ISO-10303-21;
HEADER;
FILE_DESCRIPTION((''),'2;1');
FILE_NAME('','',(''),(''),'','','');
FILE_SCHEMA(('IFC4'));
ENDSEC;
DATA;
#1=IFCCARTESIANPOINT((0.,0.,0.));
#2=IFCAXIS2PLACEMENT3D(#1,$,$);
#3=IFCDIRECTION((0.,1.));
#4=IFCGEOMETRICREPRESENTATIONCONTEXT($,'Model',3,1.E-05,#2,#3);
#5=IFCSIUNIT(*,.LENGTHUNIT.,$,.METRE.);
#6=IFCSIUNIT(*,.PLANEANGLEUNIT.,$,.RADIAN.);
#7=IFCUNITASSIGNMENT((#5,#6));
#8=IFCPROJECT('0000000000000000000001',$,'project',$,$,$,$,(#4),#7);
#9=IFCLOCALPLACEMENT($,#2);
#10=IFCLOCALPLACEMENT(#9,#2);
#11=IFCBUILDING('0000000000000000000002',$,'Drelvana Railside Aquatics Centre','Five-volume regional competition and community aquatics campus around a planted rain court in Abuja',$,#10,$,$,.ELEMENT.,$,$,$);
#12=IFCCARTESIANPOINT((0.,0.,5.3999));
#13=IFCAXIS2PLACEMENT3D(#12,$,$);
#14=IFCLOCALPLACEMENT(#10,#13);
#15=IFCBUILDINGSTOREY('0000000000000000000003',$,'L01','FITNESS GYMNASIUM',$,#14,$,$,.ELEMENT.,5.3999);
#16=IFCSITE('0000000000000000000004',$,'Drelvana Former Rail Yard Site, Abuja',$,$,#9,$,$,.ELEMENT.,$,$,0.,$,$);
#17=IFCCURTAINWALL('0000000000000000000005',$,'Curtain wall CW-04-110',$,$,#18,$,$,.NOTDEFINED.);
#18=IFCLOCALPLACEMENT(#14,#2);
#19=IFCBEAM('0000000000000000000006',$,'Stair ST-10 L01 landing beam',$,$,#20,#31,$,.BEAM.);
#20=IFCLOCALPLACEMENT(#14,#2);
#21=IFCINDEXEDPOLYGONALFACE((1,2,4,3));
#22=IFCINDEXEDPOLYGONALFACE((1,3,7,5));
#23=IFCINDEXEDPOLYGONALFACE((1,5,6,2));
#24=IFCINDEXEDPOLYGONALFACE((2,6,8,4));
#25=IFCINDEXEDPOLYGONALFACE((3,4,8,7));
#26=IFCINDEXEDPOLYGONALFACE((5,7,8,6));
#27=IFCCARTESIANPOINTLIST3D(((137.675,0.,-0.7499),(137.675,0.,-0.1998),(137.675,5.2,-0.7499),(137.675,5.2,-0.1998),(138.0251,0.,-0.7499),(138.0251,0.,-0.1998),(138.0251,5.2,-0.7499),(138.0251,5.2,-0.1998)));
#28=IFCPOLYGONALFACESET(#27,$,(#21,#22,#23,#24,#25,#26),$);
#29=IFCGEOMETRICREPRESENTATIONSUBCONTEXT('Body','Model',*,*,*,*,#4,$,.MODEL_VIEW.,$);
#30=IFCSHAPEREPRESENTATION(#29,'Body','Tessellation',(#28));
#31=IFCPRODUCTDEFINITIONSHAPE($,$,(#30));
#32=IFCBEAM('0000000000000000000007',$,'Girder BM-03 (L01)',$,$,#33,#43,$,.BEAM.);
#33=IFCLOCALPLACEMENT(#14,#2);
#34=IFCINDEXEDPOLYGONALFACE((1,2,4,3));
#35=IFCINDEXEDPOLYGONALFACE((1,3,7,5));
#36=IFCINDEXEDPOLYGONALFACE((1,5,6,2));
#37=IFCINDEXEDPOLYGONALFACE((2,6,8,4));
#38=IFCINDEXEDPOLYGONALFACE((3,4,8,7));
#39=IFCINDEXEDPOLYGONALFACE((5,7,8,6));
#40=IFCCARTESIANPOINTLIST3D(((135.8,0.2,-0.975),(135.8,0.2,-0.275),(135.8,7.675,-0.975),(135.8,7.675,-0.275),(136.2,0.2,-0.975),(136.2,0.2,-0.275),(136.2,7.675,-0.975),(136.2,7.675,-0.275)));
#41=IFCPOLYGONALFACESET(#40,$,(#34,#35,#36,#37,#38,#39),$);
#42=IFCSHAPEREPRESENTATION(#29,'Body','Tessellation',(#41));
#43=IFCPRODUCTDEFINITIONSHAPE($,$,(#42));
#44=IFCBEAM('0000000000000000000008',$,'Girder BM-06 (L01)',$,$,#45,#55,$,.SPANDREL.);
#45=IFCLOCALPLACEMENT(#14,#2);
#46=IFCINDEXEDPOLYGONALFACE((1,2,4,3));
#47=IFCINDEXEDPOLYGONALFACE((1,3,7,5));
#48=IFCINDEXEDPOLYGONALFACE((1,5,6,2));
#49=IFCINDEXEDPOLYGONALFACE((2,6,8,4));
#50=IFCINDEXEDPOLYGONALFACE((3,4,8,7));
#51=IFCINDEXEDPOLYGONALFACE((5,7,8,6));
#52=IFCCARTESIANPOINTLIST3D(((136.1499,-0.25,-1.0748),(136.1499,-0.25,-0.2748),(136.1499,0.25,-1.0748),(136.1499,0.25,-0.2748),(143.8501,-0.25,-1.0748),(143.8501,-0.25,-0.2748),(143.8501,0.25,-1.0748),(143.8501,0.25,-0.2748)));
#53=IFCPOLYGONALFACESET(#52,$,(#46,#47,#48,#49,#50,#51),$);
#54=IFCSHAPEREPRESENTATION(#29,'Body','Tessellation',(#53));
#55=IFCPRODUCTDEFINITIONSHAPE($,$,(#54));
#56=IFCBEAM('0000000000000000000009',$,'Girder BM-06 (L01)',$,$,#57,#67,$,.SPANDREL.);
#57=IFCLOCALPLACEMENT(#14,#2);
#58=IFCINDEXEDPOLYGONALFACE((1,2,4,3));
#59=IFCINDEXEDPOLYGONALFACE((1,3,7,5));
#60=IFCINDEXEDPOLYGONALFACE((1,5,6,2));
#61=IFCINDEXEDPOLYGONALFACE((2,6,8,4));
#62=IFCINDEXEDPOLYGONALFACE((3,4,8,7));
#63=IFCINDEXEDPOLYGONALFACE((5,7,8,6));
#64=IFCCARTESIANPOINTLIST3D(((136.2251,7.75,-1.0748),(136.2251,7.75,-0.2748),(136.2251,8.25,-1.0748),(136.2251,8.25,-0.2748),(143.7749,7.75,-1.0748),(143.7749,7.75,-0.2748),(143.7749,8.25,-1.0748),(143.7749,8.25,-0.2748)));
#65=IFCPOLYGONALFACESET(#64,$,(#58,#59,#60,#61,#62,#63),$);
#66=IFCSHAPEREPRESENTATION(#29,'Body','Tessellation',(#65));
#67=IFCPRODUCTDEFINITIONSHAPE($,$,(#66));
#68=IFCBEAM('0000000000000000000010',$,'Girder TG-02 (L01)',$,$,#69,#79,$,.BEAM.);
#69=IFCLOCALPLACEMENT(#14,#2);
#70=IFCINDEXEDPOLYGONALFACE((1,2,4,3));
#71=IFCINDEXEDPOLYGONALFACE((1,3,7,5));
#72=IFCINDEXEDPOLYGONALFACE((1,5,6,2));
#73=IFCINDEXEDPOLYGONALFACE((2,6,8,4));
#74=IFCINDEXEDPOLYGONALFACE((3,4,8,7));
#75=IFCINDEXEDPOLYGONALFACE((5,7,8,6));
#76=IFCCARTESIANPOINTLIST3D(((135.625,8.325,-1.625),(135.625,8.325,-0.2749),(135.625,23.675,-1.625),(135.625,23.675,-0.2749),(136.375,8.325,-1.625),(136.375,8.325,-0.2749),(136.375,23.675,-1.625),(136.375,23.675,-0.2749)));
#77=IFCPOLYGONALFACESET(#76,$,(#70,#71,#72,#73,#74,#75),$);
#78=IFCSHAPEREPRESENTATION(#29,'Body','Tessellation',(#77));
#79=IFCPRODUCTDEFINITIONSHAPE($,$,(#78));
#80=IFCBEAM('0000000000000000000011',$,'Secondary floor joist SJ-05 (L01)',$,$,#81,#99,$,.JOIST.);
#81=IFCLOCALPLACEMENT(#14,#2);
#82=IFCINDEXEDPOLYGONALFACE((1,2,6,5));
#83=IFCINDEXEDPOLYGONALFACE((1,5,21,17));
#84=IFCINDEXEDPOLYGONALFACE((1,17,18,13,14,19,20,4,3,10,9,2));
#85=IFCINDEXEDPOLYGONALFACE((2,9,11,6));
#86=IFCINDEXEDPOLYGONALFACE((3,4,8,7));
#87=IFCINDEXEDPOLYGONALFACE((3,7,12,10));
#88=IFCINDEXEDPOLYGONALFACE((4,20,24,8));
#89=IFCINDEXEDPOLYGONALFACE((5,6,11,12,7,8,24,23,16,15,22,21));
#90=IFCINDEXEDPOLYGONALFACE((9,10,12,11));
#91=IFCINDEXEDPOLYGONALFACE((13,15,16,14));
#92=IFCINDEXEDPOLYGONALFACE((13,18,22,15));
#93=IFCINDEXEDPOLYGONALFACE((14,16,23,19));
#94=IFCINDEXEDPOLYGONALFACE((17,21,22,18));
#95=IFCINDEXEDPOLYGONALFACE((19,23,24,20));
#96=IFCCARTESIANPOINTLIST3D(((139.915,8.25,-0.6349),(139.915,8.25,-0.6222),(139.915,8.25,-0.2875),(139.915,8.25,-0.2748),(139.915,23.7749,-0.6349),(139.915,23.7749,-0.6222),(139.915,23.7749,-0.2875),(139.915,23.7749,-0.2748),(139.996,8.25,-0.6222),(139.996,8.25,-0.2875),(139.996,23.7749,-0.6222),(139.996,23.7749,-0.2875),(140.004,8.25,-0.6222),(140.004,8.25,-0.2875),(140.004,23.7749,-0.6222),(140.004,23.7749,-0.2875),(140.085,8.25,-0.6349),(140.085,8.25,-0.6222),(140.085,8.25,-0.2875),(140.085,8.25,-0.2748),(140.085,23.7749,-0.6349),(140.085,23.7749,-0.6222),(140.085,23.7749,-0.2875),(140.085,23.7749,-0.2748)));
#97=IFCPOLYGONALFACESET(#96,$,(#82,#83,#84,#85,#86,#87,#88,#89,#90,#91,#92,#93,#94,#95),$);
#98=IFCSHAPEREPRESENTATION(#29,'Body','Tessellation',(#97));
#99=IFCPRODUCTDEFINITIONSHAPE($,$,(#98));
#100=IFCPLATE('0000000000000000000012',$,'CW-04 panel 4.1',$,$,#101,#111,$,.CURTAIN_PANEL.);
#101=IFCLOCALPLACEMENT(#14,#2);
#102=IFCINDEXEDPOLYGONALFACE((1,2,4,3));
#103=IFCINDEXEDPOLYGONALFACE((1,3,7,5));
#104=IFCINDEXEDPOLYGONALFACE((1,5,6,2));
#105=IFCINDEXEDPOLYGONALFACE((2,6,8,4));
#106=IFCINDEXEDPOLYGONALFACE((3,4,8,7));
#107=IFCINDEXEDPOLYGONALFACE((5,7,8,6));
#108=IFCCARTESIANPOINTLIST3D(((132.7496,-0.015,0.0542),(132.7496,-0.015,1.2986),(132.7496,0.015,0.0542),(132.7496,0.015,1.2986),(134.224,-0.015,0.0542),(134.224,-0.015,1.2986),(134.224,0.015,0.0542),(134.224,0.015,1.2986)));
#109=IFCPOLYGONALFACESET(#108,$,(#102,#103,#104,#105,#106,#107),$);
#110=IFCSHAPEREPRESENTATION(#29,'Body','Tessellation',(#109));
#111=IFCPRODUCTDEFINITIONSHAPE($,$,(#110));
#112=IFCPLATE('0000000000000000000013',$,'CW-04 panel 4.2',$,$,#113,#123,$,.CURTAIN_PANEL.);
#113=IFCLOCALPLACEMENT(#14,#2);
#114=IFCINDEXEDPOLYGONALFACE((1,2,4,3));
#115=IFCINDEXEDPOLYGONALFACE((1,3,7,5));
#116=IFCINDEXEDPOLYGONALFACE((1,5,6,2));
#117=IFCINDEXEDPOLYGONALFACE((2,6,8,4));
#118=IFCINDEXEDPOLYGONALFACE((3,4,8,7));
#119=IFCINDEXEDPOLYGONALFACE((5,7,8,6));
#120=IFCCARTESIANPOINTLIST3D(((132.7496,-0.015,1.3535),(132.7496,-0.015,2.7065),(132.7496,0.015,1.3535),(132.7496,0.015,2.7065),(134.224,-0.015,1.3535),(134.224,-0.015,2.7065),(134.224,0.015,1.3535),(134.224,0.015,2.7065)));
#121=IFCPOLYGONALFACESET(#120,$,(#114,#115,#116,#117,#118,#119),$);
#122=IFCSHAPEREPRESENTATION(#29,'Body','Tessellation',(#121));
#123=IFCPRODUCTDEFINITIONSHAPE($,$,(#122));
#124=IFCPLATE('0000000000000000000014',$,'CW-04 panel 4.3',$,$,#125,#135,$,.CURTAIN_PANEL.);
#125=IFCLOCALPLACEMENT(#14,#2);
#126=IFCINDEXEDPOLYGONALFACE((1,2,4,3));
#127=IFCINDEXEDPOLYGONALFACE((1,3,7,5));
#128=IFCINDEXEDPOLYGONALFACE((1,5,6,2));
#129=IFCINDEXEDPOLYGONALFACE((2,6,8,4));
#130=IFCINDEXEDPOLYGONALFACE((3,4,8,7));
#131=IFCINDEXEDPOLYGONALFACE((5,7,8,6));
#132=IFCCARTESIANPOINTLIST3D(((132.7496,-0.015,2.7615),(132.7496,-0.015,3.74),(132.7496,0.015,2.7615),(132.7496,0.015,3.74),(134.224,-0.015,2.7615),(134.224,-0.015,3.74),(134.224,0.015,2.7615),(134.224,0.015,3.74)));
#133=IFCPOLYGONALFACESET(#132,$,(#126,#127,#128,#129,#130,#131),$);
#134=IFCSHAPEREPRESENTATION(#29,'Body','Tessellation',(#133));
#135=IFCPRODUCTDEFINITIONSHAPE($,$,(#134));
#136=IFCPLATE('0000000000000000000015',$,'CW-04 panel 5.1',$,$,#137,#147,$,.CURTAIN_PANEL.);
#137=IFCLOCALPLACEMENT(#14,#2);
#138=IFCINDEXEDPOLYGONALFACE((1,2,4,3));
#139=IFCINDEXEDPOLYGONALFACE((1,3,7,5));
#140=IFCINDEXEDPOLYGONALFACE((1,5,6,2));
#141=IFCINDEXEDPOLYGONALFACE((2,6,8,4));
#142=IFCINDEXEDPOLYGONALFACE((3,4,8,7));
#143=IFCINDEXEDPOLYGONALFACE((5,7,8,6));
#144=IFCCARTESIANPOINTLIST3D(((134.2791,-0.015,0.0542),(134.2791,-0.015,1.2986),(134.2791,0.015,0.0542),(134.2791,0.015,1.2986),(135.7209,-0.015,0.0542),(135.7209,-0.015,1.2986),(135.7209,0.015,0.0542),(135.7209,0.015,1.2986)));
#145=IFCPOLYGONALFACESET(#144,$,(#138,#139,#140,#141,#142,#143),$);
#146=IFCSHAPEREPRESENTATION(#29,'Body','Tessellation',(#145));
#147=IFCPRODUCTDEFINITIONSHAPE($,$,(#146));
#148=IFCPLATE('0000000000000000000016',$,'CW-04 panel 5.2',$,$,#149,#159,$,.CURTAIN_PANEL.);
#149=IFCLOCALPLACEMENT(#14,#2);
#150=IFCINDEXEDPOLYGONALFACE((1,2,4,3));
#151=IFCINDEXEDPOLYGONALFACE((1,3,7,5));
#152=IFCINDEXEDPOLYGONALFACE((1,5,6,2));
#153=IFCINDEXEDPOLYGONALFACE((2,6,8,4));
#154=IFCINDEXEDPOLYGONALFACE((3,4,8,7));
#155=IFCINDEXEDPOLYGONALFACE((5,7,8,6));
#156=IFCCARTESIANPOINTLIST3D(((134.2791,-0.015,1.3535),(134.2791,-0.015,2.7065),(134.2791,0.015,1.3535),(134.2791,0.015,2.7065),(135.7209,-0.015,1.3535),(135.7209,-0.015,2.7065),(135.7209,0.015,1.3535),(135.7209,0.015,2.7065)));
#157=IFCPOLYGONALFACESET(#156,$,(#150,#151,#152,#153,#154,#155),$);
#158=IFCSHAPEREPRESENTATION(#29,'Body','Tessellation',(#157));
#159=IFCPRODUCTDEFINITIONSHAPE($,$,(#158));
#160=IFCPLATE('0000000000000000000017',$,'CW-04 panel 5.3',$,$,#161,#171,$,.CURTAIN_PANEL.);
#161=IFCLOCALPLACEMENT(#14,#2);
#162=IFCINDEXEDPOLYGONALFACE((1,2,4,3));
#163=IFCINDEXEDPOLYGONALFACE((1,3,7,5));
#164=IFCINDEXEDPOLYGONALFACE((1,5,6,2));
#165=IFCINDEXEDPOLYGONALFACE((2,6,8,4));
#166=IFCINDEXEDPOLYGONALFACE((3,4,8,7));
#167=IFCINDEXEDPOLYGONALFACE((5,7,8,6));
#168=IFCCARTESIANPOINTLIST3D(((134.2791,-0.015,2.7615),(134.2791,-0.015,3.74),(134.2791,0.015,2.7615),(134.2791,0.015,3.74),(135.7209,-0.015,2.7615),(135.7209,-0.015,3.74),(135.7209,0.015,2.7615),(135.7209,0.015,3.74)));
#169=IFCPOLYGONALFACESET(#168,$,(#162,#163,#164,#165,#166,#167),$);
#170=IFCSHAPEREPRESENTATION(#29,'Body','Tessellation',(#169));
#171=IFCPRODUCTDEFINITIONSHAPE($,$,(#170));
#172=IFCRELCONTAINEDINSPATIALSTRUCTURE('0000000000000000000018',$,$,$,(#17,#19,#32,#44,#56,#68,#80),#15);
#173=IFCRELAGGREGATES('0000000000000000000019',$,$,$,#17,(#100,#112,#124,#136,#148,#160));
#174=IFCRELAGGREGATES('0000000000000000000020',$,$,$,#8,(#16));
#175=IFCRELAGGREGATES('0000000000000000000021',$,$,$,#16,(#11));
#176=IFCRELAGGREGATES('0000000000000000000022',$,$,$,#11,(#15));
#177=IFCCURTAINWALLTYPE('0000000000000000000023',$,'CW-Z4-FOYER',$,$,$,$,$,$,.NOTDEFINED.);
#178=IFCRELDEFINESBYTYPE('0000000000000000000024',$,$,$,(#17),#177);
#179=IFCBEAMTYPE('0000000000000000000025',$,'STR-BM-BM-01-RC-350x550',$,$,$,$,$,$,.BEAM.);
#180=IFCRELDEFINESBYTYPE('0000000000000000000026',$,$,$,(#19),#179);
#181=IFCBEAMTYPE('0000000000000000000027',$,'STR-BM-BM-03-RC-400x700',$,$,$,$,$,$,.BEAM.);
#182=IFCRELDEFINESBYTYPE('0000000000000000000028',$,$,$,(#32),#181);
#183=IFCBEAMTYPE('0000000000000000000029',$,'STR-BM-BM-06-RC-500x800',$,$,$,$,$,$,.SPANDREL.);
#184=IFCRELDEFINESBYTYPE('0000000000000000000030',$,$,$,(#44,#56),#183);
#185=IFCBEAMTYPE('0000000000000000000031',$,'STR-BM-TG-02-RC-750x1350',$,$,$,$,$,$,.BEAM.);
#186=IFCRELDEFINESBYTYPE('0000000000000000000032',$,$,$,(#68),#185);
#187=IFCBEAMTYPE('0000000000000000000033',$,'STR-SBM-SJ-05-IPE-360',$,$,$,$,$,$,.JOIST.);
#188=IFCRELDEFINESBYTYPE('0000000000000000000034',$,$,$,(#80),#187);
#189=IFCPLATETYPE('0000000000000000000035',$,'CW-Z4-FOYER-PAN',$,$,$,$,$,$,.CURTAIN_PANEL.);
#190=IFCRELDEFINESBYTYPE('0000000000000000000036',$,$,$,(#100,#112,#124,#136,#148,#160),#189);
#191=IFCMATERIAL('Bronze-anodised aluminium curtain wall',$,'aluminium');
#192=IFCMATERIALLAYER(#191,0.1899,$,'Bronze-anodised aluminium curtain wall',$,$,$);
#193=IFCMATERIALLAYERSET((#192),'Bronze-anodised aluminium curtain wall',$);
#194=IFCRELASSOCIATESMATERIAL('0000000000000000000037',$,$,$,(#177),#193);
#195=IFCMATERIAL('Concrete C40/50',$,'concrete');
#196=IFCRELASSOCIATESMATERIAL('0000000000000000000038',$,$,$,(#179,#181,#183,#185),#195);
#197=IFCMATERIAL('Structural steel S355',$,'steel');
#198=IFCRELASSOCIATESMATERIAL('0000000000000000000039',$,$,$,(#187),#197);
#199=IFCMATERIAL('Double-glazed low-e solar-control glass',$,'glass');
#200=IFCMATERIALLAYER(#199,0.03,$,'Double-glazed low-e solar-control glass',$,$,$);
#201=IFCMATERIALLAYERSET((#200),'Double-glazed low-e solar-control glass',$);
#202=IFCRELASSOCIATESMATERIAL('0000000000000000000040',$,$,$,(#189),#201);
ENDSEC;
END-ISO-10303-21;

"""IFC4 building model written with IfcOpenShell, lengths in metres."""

from ifc_helpers import new_model, si_unit, direction, frame, origin, origin_2d, place, context, subcontext, project, spatial, rectangle, i_section, extrude, material, layer, layer_set, material_profile, profile_set, type_object, element, aggregate, save


model = new_model("IFC4")

# Units and contexts
model_context = context("Model", 3, precision=1e-05, world=origin(), true_north=direction((0.0, 1.0)))
body_context = subcontext(model_context, "Body", "Model", "MODEL_VIEW")
ifc_project = project(units=[si_unit("LENGTHUNIT", "METRE"), si_unit("PLANEANGLEUNIT", "RADIAN")], contexts=[model_context])

# Site, building, storey
site_placement = place(None, origin())
site = spatial("IfcSite", under=ifc_project, at=site_placement, Name="Drelvana Former Rail Yard Site, Abuja", CompositionType="ELEMENT", RefElevation=0.0)
building_placement = place(site_placement, origin())
building = spatial("IfcBuilding", under=site, at=building_placement, Name="Drelvana Railside Aquatics Centre", Description="Five-volume regional competition and community aquatics campus around a planted rain court in Abuja", CompositionType="ELEMENT")
storey_placement = place(building_placement, frame((0.0, 0.0, 5.3999)))
storey = spatial("IfcBuildingStorey", under=building, at=storey_placement, Name="L01", Description="FITNESS GYMNASIUM", CompositionType="ELEMENT", Elevation=5.3999)

# Shared definitions
ifc_material_1 = material(Name="Concrete C40/50", Category="concrete")
ifc_material_2 = material(Name="Structural steel S355", Category="steel")

# Curtain wall
ifc_material_3 = material(Name="Bronze-anodised aluminium curtain wall", Category="aluminium")
ifc_layer_1 = layer(ifc_material_3, 0.1899, Name="Bronze-anodised aluminium curtain wall")
ifc_layer_set_1 = layer_set([ifc_layer_1], Name="Bronze-anodised aluminium curtain wall")
curtain_wall_type = type_object("IfcCurtainWallType", Name="CW-Z4-FOYER", PredefinedType="NOTDEFINED", material=ifc_layer_set_1)
curtain_wall_placement = place(storey_placement, origin())
curtain_wall = element("IfcCurtainWall", 1, at=curtain_wall_placement, inside=storey, type_object=curtain_wall_type, Name="Curtain wall CW-04-110", PredefinedType="NOTDEFINED")

# Beams
ifc_material_profile_1 = material_profile(ifc_material_1, rectangle(XDim=0.3501, YDim=0.55, at=origin_2d()), Name="RC 350x550")
ifc_profile_set_1 = profile_set([ifc_material_profile_1], Name="Concrete C40/50")
beam_type_1 = type_object("IfcBeamType", Name="STR-BM-BM-01-RC-350x550", PredefinedType="BEAM", material=ifc_profile_set_1)
beam_1_placement = place(storey_placement, frame((137.8501, 0.0, -0.4749), z_axis=(0.0, 1.0, 0.0), x_axis=(-1.0, 0.0, 0.0)))
element("IfcBeam", 2, at=beam_1_placement, inside=storey, type_object=beam_type_1, Name="Stair ST-10 L01 landing beam", PredefinedType="BEAM", context=body_context, shape_type="SweptSolid", body=[
    extrude(rectangle(XDim=0.3501, YDim=0.55, at=origin_2d()), origin(), (0.0, 0.0, 1.0), 5.2),
])
ifc_material_profile_2 = material_profile(ifc_material_1, rectangle(XDim=0.3999, YDim=0.7, at=origin_2d()), Name="RC 400x700")
ifc_profile_set_2 = profile_set([ifc_material_profile_2], Name="Concrete C40/50")
beam_type_2 = type_object("IfcBeamType", Name="STR-BM-BM-03-RC-400x700", PredefinedType="BEAM", material=ifc_profile_set_2)
beam_2_placement = place(storey_placement, frame((136.0, 0.2, -0.625), z_axis=(0.0, 1.0, 0.0), x_axis=(-1.0, 0.0, 0.0)))
element("IfcBeam", 3, at=beam_2_placement, inside=storey, type_object=beam_type_2, Name="Girder BM-03 (L01)", PredefinedType="BEAM", context=body_context, shape_type="SweptSolid", body=[
    extrude(rectangle(XDim=0.3999, YDim=0.7, at=origin_2d()), origin(), (0.0, 0.0, 1.0), 7.4751),
])
ifc_material_profile_3 = material_profile(ifc_material_1, rectangle(XDim=0.5, YDim=0.8, at=origin_2d()), Name="RC 500x800")
ifc_profile_set_3 = profile_set([ifc_material_profile_3], Name="Concrete C40/50")
beam_type_3 = type_object("IfcBeamType", Name="STR-BM-BM-06-RC-500x800", PredefinedType="SPANDREL", material=ifc_profile_set_3)
beam_3_placement = place(storey_placement, frame((136.1499, 0.0, -0.6748), z_axis=(1.0, 0.0, 0.0), x_axis=(0.0, 1.0, 0.0)))
element("IfcBeam", 4, at=beam_3_placement, inside=storey, type_object=beam_type_3, Name="Girder BM-06 (L01)", PredefinedType="SPANDREL", context=body_context, shape_type="SweptSolid", body=[
    extrude(rectangle(XDim=0.5, YDim=0.8, at=origin_2d()), origin(), (0.0, 0.0, 1.0), 7.7002),
])
beam_4_placement = place(storey_placement, frame((136.2251, 8.0, -0.6748), z_axis=(1.0, 0.0, 0.0), x_axis=(0.0, 1.0, 0.0)))
element("IfcBeam", 5, at=beam_4_placement, inside=storey, type_object=beam_type_3, Name="Girder BM-06 (L01)", PredefinedType="SPANDREL", context=body_context, shape_type="SweptSolid", body=[
    extrude(rectangle(XDim=0.5, YDim=0.8, at=origin_2d()), origin(), (0.0, 0.0, 1.0), 7.5498),
])
ifc_material_profile_4 = material_profile(ifc_material_1, rectangle(XDim=0.75, YDim=1.3501, at=origin_2d()), Name="RC 750x1350")
ifc_profile_set_4 = profile_set([ifc_material_profile_4], Name="Concrete C40/50")
beam_type_4 = type_object("IfcBeamType", Name="STR-BM-TG-02-RC-750x1350", PredefinedType="BEAM", material=ifc_profile_set_4)
beam_5_placement = place(storey_placement, frame((136.0, 8.325, -0.95), z_axis=(0.0, 1.0, 0.0), x_axis=(-1.0, 0.0, 0.0)))
element("IfcBeam", 6, at=beam_5_placement, inside=storey, type_object=beam_type_4, Name="Girder TG-02 (L01)", PredefinedType="BEAM", context=body_context, shape_type="SweptSolid", body=[
    extrude(rectangle(XDim=0.75, YDim=1.3501, at=origin_2d()), origin(), (0.0, 0.0, 1.0), 15.3501),
])
ifc_material_profile_5 = material_profile(ifc_material_2, i_section(OverallWidth=0.1699, OverallDepth=0.3601, WebThickness=0.0081, FlangeThickness=0.0127, at=origin_2d()), Name="IPE 360")
ifc_profile_set_5 = profile_set([ifc_material_profile_5], Name="Structural steel S355")
beam_type_5 = type_object("IfcBeamType", Name="STR-SBM-SJ-05-IPE-360", PredefinedType="JOIST", material=ifc_profile_set_5)
beam_6_placement = place(storey_placement, frame((140.0, 8.25, -0.4548), z_axis=(0.0, 1.0, 0.0), x_axis=(-1.0, 0.0, 0.0)))
element("IfcBeam", 7, at=beam_6_placement, inside=storey, type_object=beam_type_5, Name="Secondary floor joist SJ-05 (L01)", PredefinedType="JOIST", context=body_context, shape_type="SweptSolid", body=[
    extrude(i_section(OverallWidth=0.1699, OverallDepth=0.3601, WebThickness=0.0081, FlangeThickness=0.0127, at=origin_2d()), origin(), (0.0, 0.0, 1.0), 15.5249),
])

# Plates
ifc_material_4 = material(Name="Double-glazed low-e solar-control glass", Category="glass")
ifc_layer_2 = layer(ifc_material_4, 0.03, Name="Double-glazed low-e solar-control glass")
ifc_layer_set_2 = layer_set([ifc_layer_2], Name="Double-glazed low-e solar-control glass")
plate_type = type_object("IfcPlateType", Name="CW-Z4-FOYER-PAN", PredefinedType="CURTAIN_PANEL", material=ifc_layer_set_2)
plate_1_placement = place(storey_placement, frame((133.4868, 0.0, 0.0542), z_axis=(0.0, 0.0, 1.0), x_axis=(1.0, 0.0, 0.0)))
plate_1 = element("IfcPlate", 8, at=plate_1_placement, type_object=plate_type, Name="CW-04 panel 4.1", PredefinedType="CURTAIN_PANEL", context=body_context, shape_type="SweptSolid", body=[
    extrude(rectangle(XDim=1.4744, YDim=0.03, at=origin_2d()), origin(), (0.0, 0.0, 1.0), 1.2444),
])
plate_2_placement = place(storey_placement, frame((133.4868, 0.0, 1.3535), z_axis=(0.0, 0.0, 1.0), x_axis=(1.0, 0.0, 0.0)))
plate_2 = element("IfcPlate", 9, at=plate_2_placement, type_object=plate_type, Name="CW-04 panel 4.2", PredefinedType="CURTAIN_PANEL", context=body_context, shape_type="SweptSolid", body=[
    extrude(rectangle(XDim=1.4744, YDim=0.03, at=origin_2d()), origin(), (0.0, 0.0, 1.0), 1.353),
])
plate_3_placement = place(storey_placement, frame((133.4868, 0.0, 2.7615), z_axis=(0.0, 0.0, 1.0), x_axis=(1.0, 0.0, 0.0)))
plate_3 = element("IfcPlate", 10, at=plate_3_placement, type_object=plate_type, Name="CW-04 panel 4.3", PredefinedType="CURTAIN_PANEL", context=body_context, shape_type="SweptSolid", body=[
    extrude(rectangle(XDim=1.4744, YDim=0.03, at=origin_2d()), origin(), (0.0, 0.0, 1.0), 0.9785),
])
plate_4_placement = place(storey_placement, frame((135.0, 0.0, 0.0542), z_axis=(0.0, 0.0, 1.0), x_axis=(1.0, 0.0, 0.0)))
plate_4 = element("IfcPlate", 11, at=plate_4_placement, type_object=plate_type, Name="CW-04 panel 5.1", PredefinedType="CURTAIN_PANEL", context=body_context, shape_type="SweptSolid", body=[
    extrude(rectangle(XDim=1.4419, YDim=0.03, at=origin_2d()), origin(), (0.0, 0.0, 1.0), 1.2444),
])
plate_5_placement = place(storey_placement, frame((135.0, 0.0, 1.3535), z_axis=(0.0, 0.0, 1.0), x_axis=(1.0, 0.0, 0.0)))
plate_5 = element("IfcPlate", 12, at=plate_5_placement, type_object=plate_type, Name="CW-04 panel 5.2", PredefinedType="CURTAIN_PANEL", context=body_context, shape_type="SweptSolid", body=[
    extrude(rectangle(XDim=1.4419, YDim=0.03, at=origin_2d()), origin(), (0.0, 0.0, 1.0), 1.353),
])
plate_6_placement = place(storey_placement, frame((135.0, 0.0, 2.7615), z_axis=(0.0, 0.0, 1.0), x_axis=(1.0, 0.0, 0.0)))
plate_6 = element("IfcPlate", 13, at=plate_6_placement, type_object=plate_type, Name="CW-04 panel 5.3", PredefinedType="CURTAIN_PANEL", context=body_context, shape_type="SweptSolid", body=[
    extrude(rectangle(XDim=1.4419, YDim=0.03, at=origin_2d()), origin(), (0.0, 0.0, 1.0), 0.9785),
])
aggregate(curtain_wall, [plate_1, plate_2, plate_3, plate_4, plate_5, plate_6])

save(model, "model.ifc")
